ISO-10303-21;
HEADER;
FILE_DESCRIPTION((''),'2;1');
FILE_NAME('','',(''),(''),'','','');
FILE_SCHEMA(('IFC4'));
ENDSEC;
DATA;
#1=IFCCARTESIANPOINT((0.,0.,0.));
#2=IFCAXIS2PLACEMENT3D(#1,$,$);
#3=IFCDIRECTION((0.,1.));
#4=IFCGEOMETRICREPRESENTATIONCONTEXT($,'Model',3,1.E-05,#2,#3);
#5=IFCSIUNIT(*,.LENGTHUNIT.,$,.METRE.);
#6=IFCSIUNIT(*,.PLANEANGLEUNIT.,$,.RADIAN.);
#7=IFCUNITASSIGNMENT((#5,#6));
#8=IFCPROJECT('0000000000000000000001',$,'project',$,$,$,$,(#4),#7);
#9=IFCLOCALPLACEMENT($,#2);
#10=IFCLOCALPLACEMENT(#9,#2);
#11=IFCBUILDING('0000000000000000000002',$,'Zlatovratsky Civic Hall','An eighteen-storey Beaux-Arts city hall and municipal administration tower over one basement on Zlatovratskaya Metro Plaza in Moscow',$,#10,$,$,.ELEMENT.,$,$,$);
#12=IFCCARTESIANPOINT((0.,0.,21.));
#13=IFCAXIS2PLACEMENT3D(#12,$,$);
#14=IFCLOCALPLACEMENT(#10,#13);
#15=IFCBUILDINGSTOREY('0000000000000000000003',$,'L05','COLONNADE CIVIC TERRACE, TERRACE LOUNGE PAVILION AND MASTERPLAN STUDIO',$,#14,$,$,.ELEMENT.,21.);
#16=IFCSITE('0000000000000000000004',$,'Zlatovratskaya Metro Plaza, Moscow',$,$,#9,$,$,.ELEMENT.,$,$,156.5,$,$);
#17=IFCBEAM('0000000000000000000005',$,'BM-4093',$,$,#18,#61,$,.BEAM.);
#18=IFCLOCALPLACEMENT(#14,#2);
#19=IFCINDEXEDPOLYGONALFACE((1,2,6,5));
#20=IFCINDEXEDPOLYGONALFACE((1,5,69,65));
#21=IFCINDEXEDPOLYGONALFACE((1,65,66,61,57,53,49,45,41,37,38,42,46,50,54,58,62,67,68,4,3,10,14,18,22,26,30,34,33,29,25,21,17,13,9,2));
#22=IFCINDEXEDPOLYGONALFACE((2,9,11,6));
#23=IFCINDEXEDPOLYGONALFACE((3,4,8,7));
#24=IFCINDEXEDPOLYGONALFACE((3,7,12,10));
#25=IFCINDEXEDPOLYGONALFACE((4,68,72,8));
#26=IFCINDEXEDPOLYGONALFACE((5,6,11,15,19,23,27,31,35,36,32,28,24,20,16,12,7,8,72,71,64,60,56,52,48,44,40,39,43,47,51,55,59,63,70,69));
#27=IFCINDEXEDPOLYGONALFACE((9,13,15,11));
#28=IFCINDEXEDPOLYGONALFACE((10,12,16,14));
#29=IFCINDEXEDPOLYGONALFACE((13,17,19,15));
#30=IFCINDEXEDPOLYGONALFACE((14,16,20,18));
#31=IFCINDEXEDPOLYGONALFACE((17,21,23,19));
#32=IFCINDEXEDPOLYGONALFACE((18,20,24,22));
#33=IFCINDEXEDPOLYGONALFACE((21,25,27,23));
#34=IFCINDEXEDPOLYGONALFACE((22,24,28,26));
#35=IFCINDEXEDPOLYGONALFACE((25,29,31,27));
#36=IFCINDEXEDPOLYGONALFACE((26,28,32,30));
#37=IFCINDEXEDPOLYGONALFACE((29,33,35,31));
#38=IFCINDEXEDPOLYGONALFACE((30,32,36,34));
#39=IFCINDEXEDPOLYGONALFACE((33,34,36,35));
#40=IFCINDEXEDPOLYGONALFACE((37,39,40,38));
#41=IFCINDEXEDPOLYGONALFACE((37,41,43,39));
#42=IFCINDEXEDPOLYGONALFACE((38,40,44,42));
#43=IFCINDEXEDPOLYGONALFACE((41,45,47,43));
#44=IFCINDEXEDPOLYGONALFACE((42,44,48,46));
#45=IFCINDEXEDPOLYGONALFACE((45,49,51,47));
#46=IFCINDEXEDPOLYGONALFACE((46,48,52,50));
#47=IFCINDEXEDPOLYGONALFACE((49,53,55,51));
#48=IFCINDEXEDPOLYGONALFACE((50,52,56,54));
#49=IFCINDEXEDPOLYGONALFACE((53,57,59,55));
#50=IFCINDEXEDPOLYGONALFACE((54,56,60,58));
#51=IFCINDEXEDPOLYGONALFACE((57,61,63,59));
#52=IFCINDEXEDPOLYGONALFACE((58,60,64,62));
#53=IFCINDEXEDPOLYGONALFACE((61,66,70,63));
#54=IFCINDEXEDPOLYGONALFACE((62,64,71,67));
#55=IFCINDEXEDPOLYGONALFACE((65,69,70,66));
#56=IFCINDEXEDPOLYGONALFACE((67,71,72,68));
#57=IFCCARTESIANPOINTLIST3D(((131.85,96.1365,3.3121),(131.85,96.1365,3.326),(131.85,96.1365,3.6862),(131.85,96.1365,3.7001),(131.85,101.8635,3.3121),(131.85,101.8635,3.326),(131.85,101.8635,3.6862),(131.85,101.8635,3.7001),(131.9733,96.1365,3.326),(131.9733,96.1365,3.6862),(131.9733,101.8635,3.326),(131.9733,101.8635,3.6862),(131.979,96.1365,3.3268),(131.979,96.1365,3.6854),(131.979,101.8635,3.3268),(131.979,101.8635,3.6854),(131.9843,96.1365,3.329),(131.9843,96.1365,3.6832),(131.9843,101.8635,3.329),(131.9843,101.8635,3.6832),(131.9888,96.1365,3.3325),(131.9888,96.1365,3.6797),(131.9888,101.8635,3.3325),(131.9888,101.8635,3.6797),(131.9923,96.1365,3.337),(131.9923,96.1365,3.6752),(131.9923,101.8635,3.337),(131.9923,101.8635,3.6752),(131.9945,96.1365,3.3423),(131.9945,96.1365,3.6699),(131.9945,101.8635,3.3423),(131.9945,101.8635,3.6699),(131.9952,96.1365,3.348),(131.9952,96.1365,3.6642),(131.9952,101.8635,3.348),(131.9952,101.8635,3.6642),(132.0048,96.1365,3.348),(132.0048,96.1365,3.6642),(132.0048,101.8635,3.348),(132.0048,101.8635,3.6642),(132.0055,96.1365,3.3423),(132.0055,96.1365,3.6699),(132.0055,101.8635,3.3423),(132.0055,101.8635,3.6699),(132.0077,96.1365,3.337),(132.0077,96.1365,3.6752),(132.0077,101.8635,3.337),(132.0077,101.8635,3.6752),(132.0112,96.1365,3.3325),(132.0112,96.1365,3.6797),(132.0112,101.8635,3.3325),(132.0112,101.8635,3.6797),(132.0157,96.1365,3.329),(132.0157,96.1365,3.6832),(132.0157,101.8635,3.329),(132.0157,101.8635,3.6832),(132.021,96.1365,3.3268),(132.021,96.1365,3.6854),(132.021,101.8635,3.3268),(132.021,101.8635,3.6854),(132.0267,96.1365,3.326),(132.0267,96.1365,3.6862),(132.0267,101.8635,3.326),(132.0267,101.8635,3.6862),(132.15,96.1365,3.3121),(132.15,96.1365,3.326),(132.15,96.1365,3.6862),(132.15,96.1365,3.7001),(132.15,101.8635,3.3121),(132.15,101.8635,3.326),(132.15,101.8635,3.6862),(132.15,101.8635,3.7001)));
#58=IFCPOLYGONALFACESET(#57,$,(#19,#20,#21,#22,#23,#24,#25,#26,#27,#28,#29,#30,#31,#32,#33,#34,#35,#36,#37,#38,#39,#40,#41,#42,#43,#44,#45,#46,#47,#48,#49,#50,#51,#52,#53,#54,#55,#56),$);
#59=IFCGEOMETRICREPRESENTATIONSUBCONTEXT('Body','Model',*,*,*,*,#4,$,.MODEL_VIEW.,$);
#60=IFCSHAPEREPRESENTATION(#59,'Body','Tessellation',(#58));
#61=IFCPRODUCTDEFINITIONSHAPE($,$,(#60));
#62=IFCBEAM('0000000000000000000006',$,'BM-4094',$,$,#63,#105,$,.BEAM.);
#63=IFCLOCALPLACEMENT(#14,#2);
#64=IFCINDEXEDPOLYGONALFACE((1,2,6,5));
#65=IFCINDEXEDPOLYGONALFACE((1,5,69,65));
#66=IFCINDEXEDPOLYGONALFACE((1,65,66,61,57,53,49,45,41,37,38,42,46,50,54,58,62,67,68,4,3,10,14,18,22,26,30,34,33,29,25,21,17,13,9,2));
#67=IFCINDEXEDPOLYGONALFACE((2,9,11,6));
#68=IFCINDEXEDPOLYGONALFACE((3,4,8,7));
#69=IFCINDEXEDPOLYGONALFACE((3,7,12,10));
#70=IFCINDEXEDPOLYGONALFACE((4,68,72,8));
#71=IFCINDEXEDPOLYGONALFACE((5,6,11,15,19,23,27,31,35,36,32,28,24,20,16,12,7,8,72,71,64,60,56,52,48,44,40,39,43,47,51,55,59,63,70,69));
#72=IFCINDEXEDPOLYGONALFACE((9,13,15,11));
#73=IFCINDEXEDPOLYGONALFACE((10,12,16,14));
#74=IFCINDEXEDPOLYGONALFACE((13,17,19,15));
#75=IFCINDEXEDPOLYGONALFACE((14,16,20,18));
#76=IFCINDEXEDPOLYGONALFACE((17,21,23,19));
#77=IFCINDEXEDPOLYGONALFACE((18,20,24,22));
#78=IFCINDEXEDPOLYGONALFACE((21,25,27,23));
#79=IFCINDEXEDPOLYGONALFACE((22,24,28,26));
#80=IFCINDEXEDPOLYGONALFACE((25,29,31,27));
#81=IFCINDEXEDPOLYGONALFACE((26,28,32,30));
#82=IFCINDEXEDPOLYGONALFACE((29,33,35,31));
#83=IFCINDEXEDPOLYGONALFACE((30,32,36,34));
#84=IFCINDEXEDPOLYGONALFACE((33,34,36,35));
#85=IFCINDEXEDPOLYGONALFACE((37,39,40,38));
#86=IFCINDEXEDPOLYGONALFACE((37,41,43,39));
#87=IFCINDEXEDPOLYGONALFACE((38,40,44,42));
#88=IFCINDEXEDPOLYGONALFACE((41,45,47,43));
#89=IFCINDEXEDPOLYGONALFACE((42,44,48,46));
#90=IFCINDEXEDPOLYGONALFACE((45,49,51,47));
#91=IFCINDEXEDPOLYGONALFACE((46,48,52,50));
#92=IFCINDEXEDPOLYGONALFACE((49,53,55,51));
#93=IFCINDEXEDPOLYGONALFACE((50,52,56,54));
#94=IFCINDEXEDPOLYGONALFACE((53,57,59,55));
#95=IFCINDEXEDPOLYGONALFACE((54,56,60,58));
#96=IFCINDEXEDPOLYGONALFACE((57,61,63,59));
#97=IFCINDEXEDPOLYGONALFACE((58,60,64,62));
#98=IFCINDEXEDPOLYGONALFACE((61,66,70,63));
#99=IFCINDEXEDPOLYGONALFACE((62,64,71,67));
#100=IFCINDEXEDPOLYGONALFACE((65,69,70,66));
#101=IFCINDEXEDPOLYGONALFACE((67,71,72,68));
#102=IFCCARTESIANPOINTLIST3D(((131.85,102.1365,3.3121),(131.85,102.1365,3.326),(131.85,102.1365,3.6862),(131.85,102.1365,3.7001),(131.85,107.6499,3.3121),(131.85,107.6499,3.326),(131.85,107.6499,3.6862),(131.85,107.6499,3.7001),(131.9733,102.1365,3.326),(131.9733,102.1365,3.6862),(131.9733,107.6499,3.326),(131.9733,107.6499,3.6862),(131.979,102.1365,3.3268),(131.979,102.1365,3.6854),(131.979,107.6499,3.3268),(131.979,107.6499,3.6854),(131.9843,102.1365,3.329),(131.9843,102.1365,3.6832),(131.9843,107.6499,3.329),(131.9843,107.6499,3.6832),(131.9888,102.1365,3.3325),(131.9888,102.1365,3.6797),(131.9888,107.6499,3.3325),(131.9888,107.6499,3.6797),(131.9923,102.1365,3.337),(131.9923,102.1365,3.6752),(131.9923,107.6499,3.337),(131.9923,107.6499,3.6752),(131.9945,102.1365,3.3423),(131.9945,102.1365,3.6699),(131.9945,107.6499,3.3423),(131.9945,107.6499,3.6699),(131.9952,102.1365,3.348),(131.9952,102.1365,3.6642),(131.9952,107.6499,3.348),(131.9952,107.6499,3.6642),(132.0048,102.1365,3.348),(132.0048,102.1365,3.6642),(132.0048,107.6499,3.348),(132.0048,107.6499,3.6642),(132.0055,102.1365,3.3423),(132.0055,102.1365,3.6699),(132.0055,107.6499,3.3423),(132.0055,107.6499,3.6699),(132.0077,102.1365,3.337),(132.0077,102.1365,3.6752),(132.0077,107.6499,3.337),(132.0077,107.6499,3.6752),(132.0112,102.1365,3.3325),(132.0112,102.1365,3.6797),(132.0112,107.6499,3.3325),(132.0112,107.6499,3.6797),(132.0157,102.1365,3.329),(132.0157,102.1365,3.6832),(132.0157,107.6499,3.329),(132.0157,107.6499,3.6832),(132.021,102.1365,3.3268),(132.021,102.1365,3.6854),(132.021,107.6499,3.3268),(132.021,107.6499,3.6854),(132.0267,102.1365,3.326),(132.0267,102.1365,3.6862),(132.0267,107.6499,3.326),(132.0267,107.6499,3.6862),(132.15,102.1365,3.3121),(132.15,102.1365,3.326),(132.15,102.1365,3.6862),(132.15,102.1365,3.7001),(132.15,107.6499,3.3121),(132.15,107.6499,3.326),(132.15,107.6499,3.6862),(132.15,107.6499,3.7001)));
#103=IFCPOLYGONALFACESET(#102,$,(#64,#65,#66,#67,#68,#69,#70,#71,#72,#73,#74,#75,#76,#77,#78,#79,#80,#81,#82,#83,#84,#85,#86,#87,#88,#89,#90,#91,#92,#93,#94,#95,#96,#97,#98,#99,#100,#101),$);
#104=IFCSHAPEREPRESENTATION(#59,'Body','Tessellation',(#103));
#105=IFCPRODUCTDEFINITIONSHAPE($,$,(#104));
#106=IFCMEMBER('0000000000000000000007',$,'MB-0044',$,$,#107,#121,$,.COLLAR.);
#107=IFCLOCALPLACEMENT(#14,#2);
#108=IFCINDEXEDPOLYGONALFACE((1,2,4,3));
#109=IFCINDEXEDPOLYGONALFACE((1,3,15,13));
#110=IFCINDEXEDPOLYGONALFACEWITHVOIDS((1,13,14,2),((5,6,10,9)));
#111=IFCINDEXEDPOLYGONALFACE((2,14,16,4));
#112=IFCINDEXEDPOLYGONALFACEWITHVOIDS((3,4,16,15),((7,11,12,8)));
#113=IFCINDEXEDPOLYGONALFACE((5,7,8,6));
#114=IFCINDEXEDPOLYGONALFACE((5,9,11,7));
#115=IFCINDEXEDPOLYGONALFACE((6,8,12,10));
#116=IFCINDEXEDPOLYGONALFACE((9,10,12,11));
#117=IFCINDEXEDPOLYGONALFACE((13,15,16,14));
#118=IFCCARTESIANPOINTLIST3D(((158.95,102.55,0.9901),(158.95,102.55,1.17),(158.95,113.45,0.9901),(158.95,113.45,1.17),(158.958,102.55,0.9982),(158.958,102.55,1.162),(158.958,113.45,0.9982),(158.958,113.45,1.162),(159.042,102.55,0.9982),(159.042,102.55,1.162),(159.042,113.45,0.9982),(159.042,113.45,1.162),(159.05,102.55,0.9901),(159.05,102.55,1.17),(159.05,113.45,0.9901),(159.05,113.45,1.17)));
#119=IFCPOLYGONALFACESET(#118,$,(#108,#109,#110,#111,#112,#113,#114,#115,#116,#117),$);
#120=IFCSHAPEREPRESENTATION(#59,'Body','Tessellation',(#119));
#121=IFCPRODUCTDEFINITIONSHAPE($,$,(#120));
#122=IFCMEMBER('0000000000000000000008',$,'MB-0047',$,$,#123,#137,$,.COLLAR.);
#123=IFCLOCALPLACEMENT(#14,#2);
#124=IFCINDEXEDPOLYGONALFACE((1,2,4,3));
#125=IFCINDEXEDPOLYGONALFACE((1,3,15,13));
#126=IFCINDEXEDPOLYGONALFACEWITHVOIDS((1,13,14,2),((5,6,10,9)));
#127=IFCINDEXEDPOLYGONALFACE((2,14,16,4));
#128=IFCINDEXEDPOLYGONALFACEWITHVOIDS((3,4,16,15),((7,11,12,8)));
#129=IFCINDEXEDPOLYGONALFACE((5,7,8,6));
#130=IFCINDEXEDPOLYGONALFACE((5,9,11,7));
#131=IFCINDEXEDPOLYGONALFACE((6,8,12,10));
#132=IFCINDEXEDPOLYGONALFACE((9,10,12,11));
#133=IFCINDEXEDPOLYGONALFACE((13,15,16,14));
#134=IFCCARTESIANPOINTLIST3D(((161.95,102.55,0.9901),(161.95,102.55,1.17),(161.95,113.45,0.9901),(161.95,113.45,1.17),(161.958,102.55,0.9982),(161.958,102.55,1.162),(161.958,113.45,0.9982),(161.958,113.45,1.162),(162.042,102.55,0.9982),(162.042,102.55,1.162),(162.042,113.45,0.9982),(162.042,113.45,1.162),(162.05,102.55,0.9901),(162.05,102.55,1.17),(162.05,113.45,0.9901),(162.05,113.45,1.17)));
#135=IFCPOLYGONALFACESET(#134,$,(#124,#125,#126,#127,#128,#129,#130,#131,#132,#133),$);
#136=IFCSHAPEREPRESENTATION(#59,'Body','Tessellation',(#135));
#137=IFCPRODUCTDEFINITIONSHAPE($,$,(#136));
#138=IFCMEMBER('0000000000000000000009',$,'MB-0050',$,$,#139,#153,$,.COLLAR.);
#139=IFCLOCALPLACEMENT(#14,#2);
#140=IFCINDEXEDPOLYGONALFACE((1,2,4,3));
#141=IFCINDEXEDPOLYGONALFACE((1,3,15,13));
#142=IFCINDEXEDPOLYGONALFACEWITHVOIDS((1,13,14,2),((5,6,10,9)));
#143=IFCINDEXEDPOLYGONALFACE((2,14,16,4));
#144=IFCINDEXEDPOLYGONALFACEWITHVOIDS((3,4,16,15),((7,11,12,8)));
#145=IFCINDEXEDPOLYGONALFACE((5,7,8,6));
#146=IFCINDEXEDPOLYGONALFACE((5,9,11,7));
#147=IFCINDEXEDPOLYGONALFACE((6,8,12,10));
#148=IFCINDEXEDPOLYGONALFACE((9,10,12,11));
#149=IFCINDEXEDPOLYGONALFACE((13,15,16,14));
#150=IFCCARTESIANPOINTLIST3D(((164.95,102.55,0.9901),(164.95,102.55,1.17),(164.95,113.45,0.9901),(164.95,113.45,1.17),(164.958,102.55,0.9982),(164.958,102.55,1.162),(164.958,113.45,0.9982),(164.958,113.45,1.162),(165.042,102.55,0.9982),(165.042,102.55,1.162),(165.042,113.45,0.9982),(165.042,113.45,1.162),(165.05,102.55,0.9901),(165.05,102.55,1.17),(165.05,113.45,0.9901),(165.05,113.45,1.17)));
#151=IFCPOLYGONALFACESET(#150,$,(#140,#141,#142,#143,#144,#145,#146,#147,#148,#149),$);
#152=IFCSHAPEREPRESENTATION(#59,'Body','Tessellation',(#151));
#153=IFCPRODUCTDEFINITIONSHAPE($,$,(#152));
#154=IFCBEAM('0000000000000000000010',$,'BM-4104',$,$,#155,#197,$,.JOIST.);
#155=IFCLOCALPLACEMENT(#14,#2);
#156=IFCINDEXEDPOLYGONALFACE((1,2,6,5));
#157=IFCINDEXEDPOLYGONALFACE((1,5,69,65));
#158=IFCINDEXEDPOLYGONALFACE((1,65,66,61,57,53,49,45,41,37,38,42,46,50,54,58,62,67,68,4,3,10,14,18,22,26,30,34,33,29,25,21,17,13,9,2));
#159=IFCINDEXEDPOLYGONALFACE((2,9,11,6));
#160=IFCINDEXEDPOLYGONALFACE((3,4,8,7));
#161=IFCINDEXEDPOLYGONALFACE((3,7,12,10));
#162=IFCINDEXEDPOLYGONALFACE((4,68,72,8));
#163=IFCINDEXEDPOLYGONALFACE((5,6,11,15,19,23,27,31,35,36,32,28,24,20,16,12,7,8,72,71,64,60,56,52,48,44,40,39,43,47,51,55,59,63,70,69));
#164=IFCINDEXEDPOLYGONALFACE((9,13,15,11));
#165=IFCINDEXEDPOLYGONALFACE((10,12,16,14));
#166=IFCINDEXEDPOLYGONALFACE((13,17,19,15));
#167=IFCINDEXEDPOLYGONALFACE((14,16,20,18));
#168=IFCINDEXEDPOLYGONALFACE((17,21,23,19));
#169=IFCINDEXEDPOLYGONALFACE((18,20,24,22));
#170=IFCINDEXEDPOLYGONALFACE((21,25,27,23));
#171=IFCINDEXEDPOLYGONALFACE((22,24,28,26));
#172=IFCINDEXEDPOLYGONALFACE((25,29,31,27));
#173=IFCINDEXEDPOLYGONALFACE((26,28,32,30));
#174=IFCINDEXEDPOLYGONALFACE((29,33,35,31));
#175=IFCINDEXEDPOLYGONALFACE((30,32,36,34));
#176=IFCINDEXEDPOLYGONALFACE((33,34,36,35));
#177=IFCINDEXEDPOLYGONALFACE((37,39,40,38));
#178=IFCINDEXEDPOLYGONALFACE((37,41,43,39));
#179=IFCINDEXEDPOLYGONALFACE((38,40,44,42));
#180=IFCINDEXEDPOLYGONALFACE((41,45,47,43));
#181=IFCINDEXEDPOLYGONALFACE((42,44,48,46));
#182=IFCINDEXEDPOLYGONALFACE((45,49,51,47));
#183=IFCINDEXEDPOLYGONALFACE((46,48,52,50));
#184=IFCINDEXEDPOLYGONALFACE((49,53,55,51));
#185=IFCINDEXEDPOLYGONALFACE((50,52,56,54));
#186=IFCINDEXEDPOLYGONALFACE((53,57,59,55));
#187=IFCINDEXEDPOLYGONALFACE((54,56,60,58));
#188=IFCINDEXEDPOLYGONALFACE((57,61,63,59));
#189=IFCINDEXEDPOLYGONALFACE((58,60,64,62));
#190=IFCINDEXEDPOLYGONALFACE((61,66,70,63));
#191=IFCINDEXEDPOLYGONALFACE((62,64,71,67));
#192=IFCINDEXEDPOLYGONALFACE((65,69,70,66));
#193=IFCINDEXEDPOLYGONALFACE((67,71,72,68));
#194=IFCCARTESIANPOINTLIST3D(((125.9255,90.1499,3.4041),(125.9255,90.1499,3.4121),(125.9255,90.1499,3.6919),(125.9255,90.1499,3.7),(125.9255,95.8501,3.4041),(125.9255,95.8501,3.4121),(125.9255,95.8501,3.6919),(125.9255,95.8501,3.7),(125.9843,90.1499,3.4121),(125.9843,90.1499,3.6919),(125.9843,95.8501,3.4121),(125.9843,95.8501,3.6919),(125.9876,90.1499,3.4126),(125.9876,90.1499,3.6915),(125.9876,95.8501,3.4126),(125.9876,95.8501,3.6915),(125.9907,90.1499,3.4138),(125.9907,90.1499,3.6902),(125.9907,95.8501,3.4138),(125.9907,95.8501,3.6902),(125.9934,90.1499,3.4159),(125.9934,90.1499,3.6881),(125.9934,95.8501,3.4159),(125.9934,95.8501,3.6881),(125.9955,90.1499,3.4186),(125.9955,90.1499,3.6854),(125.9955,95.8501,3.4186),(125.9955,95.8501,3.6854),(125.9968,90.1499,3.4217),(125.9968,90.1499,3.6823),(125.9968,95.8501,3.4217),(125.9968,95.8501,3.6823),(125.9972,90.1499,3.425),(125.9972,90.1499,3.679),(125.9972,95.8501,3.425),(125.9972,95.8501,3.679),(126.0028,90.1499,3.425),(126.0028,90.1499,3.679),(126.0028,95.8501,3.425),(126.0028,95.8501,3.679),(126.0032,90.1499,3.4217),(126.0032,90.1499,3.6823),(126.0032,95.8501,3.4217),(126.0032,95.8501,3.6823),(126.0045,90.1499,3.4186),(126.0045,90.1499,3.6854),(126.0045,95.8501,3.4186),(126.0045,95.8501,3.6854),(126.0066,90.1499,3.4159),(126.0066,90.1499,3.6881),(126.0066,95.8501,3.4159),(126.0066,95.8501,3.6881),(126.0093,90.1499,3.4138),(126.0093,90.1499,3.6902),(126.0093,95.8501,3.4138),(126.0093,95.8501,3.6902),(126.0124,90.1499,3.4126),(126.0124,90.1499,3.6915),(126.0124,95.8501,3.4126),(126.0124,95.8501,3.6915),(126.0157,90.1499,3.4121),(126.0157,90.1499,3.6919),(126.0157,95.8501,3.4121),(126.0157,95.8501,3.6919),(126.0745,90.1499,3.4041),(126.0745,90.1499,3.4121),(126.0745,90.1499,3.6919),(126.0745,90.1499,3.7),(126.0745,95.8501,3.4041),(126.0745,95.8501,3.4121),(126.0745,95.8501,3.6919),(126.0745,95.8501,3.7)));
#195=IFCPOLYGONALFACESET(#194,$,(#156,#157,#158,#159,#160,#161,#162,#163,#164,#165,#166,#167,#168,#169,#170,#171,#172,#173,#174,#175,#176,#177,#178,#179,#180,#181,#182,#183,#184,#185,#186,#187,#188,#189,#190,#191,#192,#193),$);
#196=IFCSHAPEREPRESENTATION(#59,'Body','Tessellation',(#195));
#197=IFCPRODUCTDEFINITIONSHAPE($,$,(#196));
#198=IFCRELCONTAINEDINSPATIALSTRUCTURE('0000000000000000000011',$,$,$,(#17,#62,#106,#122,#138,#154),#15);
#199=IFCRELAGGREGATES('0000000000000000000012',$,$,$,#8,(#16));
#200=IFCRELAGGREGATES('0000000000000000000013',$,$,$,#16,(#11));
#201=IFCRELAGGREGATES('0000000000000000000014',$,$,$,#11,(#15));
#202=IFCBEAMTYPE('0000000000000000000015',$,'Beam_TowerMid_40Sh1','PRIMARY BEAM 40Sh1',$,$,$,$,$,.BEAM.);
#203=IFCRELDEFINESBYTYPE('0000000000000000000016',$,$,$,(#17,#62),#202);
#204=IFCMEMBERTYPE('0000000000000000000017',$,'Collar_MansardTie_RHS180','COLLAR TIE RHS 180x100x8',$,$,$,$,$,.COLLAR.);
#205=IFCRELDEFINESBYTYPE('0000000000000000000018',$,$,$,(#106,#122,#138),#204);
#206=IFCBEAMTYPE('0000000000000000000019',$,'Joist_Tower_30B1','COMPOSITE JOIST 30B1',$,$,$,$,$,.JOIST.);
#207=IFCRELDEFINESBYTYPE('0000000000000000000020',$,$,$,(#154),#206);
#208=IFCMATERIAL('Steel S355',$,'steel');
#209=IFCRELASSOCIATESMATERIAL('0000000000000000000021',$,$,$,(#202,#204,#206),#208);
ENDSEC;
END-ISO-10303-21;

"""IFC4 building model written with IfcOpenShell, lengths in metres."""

from ifc_helpers import new_model, si_unit, direction, frame, origin, origin_2d, place, context, subcontext, project, spatial, hollow_rectangle, i_section, extrude, material, material_profile, profile_set, type_object, element, save


model = new_model("IFC4")

# Units and contexts
model_context = context("Model", 3, precision=1e-05, world=origin(), true_north=direction((0.0, 1.0)))
body_context = subcontext(model_context, "Body", "Model", "MODEL_VIEW")
ifc_project = project(units=[si_unit("LENGTHUNIT", "METRE"), si_unit("PLANEANGLEUNIT", "RADIAN")], contexts=[model_context])

# Site, building, storey
site_placement = place(None, origin())
site = spatial("IfcSite", under=ifc_project, at=site_placement, Name="Zlatovratskaya Metro Plaza, Moscow", CompositionType="ELEMENT", RefElevation=156.5)
building_placement = place(site_placement, origin())
building = spatial("IfcBuilding", under=site, at=building_placement, Name="Zlatovratsky Civic Hall", Description="An eighteen-storey Beaux-Arts city hall and municipal administration tower over one basement on Zlatovratskaya Metro Plaza in Moscow", CompositionType="ELEMENT")
storey_placement = place(building_placement, frame((0.0, 0.0, 21.0)))
storey = spatial("IfcBuildingStorey", under=building, at=storey_placement, Name="L05", Description="COLONNADE CIVIC TERRACE, TERRACE LOUNGE PAVILION AND MASTERPLAN STUDIO", CompositionType="ELEMENT", Elevation=21.0)

# Shared definitions
ifc_material_1 = material(Name="Steel S355", Category="steel")

# Beams
ifc_material_profile_1 = material_profile(ifc_material_1, i_section(OverallWidth=0.3, OverallDepth=0.3879, WebThickness=0.0095, FlangeThickness=0.0139, FilletRadius=0.022, at=origin_2d()), Name="40Sh1")
ifc_profile_set_1 = profile_set([ifc_material_profile_1], Name="Steel S355")
beam_type_1 = type_object("IfcBeamType", Name="Beam_TowerMid_40Sh1", Description="PRIMARY BEAM 40Sh1", PredefinedType="BEAM", material=ifc_profile_set_1)
for number, where, z_axis, x_axis, name in (
    (1, (132.0, 96.1365, 3.5061), (0.0, 1.0, 0.0), (-1.0, 0.0, 0.0), "BM-4093"),
):
    element("IfcBeam", number, at=place(storey_placement, frame(where, z_axis=z_axis, x_axis=x_axis)), inside=storey, type_object=beam_type_1, Name=name, PredefinedType="BEAM", context=body_context, shape_type="SweptSolid", body=[
        extrude(i_section(OverallWidth=0.3, OverallDepth=0.3879, WebThickness=0.0095, FlangeThickness=0.0139, FilletRadius=0.022, at=origin_2d()), origin(), (0.0, 0.0, 1.0), 5.7271),
    ])
beam_1_placement = place(storey_placement, frame((132.0, 102.1365, 3.5061), z_axis=(0.0, 1.0, 0.0), x_axis=(-1.0, 0.0, 0.0)))
element("IfcBeam", 2, at=beam_1_placement, inside=storey, type_object=beam_type_1, Name="BM-4094", PredefinedType="BEAM", context=body_context, shape_type="SweptSolid", body=[
    extrude(i_section(OverallWidth=0.3, OverallDepth=0.3879, WebThickness=0.0095, FlangeThickness=0.0139, FilletRadius=0.022, at=origin_2d()), origin(), (0.0, 0.0, 1.0), 5.5134),
])

# Members
ifc_material_profile_2 = material_profile(ifc_material_1, hollow_rectangle(XDim=0.1001, YDim=0.1799, WallThickness=0.0081, at=origin_2d()), Name="RHS 180x100x8")
ifc_profile_set_2 = profile_set([ifc_material_profile_2], Name="Steel S355")
member_type_1 = type_object("IfcMemberType", Name="Collar_MansardTie_RHS180", Description="COLLAR TIE RHS 180x100x8", PredefinedType="COLLAR", material=ifc_profile_set_2)
for number, where, z_axis, x_axis, name in (
    (3, (159.0, 102.55, 1.0801), (0.0, 1.0, 0.0), (-1.0, 0.0, 0.0), "MB-0044"),
    (4, (162.0, 102.55, 1.0801), (0.0, 1.0, 0.0), (-1.0, 0.0, 0.0), "MB-0047"),
    (5, (165.0, 102.55, 1.0801), (0.0, 1.0, 0.0), (-1.0, 0.0, 0.0), "MB-0050"),
):
    element("IfcMember", number, at=place(storey_placement, frame(where, z_axis=z_axis, x_axis=x_axis)), inside=storey, type_object=member_type_1, Name=name, PredefinedType="COLLAR", context=body_context, shape_type="SweptSolid", body=[
        extrude(hollow_rectangle(XDim=0.1001, YDim=0.1799, WallThickness=0.0081, at=origin_2d()), origin(), (0.0, 0.0, 1.0), 10.8999),
    ])

# Beam
ifc_material_profile_3 = material_profile(ifc_material_1, i_section(OverallWidth=0.1489, OverallDepth=0.2959, WebThickness=0.0056, FlangeThickness=0.0081, FilletRadius=0.0129, at=origin_2d()), Name="30B1")
ifc_profile_set_3 = profile_set([ifc_material_profile_3], Name="Steel S355")
beam_type_2 = type_object("IfcBeamType", Name="Joist_Tower_30B1", Description="COMPOSITE JOIST 30B1", PredefinedType="JOIST", material=ifc_profile_set_3)
for number, where, z_axis, x_axis, name in (
    (6, (126.0, 90.1499, 3.552), (0.0, 1.0, 0.0), (-1.0, 0.0, 0.0), "BM-4104"),
):
    element("IfcBeam", number, at=place(storey_placement, frame(where, z_axis=z_axis, x_axis=x_axis)), inside=storey, type_object=beam_type_2, Name=name, PredefinedType="JOIST", context=body_context, shape_type="SweptSolid", body=[
        extrude(i_section(OverallWidth=0.1489, OverallDepth=0.2959, WebThickness=0.0056, FlangeThickness=0.0081, FilletRadius=0.0129, at=origin_2d()), origin(), (0.0, 0.0, 1.0), 5.7002),
    ])

save(model, "model.ifc")
